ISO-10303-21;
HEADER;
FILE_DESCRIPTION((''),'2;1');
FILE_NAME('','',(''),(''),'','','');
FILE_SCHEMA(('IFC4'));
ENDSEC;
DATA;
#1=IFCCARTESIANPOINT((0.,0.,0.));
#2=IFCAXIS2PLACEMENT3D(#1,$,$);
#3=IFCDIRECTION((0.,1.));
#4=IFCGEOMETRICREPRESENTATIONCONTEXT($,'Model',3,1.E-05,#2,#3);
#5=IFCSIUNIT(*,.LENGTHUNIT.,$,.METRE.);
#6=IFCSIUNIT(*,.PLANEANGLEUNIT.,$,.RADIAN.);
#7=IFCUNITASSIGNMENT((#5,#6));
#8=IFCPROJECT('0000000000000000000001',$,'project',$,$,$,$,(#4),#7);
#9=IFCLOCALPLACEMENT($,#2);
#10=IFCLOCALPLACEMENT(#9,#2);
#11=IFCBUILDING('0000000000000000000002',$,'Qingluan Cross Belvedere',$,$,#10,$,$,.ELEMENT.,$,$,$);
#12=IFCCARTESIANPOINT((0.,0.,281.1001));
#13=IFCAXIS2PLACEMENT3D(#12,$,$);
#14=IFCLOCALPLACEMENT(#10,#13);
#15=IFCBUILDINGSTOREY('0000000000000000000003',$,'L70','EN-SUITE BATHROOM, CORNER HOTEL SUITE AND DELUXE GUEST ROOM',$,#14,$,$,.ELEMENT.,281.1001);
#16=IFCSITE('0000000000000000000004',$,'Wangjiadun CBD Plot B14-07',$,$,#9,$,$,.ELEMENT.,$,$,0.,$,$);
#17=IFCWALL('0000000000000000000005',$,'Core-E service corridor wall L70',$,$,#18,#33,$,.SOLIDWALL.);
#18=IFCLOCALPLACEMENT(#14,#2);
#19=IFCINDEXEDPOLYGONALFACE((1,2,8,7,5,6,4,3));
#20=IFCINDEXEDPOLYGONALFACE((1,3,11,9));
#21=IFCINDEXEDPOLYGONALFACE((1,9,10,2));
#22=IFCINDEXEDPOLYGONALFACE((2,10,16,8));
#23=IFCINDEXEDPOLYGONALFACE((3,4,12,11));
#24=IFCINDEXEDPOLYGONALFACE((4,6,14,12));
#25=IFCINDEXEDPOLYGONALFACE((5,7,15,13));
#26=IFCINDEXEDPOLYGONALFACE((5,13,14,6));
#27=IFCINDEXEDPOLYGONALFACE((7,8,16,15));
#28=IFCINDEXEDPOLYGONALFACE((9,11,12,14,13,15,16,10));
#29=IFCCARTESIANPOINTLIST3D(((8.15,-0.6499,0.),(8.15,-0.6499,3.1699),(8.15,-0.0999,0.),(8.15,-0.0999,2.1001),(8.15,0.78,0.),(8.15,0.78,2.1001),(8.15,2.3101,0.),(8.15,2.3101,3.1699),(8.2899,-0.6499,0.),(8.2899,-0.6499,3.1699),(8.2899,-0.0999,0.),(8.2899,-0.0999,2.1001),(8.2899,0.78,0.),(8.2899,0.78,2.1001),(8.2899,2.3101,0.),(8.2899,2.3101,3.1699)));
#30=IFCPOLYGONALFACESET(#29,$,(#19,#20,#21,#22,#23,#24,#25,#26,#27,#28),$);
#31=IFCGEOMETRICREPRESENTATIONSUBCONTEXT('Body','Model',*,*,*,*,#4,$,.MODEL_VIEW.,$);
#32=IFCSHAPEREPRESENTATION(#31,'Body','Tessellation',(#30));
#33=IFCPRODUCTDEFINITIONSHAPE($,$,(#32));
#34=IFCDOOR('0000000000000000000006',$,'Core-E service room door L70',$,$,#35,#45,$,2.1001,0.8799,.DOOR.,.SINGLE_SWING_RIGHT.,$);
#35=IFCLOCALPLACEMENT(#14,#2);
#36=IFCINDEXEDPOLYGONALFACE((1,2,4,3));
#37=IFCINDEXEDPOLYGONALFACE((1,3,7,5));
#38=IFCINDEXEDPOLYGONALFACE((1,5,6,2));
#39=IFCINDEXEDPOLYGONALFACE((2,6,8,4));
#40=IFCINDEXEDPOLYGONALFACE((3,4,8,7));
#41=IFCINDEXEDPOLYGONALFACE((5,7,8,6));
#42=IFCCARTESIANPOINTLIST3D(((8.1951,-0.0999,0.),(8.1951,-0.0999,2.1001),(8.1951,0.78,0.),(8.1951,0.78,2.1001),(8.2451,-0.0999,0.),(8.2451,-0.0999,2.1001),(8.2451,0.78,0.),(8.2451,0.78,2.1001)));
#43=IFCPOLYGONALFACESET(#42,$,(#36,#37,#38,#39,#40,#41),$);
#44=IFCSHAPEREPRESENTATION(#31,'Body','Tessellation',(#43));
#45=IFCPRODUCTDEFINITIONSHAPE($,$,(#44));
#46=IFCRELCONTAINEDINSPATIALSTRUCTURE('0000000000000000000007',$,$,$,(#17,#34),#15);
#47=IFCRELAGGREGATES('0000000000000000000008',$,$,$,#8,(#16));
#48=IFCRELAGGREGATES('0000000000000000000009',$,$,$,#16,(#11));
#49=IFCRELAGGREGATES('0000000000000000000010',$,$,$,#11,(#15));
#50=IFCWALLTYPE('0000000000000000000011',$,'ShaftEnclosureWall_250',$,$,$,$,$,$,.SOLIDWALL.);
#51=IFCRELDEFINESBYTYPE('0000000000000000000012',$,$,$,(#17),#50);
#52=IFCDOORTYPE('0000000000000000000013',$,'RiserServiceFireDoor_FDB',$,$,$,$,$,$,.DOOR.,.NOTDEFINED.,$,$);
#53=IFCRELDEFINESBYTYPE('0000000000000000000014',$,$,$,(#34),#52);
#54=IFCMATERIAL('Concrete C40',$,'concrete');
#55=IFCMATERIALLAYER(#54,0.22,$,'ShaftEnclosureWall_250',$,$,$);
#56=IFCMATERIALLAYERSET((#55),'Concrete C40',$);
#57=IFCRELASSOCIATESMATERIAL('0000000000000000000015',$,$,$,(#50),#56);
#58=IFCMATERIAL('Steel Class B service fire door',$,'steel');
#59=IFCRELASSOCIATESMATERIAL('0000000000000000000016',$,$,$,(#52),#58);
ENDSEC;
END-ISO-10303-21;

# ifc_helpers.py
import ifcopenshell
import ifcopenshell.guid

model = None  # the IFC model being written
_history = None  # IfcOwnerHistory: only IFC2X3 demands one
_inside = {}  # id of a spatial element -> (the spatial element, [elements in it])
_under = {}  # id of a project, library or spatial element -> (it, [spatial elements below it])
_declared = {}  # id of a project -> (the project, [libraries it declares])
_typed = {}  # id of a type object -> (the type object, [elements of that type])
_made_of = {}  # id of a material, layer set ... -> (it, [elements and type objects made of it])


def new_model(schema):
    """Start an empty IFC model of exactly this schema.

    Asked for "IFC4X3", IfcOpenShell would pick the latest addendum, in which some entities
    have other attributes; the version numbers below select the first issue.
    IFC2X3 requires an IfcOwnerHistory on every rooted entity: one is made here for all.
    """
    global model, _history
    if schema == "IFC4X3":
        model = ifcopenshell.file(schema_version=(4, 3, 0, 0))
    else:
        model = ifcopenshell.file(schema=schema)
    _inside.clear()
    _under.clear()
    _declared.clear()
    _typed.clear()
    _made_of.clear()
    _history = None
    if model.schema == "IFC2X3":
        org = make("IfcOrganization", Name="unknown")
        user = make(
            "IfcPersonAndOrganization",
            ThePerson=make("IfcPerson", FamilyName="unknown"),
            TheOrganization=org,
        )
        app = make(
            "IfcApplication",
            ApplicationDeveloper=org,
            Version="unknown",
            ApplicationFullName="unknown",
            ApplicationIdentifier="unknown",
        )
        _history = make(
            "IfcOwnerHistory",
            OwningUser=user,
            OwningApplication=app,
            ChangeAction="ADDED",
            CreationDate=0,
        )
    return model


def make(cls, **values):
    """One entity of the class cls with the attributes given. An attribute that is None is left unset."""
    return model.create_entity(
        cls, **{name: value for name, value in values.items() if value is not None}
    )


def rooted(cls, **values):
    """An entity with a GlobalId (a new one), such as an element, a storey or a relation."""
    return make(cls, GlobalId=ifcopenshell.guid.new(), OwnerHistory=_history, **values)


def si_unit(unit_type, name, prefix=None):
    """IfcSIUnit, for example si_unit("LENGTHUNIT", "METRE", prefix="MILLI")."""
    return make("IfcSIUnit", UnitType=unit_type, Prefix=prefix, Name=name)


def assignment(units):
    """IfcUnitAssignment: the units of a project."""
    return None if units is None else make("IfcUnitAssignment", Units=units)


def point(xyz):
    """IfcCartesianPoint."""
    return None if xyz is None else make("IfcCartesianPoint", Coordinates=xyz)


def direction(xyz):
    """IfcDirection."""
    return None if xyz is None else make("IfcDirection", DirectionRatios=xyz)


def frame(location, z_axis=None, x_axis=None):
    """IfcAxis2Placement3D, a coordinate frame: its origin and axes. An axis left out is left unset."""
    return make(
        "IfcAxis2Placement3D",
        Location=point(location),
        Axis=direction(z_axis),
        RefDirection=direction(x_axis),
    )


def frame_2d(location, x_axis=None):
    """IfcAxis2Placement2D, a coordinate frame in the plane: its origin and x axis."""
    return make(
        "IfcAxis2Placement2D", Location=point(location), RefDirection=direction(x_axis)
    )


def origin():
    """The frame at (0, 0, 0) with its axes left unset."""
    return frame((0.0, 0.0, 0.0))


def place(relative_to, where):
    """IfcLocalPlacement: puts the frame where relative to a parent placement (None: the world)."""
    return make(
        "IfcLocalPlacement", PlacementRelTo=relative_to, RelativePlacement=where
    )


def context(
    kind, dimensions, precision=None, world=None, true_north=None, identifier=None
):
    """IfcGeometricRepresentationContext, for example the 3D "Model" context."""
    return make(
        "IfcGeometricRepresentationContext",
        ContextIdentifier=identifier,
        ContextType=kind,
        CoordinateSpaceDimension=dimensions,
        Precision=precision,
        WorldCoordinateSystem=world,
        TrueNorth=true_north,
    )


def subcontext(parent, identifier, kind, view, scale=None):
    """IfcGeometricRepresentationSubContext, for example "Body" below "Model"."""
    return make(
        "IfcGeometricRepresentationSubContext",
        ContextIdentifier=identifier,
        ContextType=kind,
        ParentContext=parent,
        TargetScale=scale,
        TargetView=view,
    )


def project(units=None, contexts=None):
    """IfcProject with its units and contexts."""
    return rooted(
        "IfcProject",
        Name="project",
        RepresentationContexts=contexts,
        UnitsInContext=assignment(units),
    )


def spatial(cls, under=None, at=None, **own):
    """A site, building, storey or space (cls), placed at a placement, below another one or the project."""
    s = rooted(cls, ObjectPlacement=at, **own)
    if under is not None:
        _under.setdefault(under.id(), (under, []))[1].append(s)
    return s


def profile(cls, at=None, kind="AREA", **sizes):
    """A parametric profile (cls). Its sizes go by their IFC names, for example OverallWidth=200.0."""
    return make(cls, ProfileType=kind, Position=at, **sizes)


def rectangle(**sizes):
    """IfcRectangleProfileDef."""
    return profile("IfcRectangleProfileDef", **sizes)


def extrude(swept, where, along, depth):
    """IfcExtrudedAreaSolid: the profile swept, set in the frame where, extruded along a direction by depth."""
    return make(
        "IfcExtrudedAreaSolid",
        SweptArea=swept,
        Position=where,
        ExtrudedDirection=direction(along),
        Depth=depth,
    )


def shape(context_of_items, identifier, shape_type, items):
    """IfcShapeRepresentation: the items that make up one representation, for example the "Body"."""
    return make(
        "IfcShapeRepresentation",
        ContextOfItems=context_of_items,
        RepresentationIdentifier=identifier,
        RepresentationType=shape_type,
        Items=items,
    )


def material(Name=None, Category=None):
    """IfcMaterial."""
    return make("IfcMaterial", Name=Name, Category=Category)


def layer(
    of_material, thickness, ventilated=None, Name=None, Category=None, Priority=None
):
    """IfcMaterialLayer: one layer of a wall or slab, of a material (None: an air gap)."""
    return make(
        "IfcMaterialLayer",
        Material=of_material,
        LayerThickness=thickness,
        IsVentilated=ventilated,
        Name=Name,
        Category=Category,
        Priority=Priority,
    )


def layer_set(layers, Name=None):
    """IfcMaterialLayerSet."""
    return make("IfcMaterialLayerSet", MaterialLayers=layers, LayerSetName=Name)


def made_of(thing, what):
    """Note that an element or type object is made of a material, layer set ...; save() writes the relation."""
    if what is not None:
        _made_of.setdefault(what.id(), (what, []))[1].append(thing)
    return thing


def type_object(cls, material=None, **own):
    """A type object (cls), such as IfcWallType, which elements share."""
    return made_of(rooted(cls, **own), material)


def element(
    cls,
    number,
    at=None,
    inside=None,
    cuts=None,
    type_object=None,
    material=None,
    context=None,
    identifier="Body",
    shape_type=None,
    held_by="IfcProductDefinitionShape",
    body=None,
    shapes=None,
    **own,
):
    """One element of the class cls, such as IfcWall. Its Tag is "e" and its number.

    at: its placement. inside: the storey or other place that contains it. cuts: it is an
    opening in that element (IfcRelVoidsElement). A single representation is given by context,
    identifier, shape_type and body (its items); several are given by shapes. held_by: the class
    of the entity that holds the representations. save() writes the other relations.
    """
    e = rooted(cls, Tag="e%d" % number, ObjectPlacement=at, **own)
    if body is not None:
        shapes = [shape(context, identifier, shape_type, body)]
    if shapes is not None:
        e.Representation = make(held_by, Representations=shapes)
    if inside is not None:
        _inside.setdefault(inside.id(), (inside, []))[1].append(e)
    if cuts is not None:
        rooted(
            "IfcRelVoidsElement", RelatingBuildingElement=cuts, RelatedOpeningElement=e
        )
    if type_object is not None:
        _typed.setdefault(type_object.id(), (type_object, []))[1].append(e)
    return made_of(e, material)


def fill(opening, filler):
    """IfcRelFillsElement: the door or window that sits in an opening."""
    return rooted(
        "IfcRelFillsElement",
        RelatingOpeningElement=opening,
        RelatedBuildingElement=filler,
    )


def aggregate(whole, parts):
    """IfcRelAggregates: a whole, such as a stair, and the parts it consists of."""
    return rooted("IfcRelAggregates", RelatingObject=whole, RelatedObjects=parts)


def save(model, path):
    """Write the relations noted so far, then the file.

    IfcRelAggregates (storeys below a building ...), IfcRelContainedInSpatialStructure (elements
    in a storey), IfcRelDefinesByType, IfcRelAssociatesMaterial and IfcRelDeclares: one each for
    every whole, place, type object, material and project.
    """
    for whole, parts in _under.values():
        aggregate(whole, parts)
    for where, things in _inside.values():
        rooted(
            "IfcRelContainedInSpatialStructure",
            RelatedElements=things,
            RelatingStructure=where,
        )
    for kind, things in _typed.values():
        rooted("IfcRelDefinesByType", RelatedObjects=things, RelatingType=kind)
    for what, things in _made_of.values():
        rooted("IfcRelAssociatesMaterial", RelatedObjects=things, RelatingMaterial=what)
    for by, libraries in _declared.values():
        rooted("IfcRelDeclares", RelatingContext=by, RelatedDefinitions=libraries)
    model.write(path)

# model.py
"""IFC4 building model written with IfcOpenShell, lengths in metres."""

from ifc_helpers import new_model, si_unit, direction, frame, frame_2d, origin, place, context, subcontext, project, spatial, rectangle, extrude, material, layer, layer_set, type_object, element, fill, save


model = new_model("IFC4")

# Units and contexts
model_context = context("Model", 3, precision=1e-05, world=origin(), true_north=direction((0.0, 1.0)))
body_context = subcontext(model_context, "Body", "Model", "MODEL_VIEW")
ifc_project = project(units=[si_unit("LENGTHUNIT", "METRE"), si_unit("PLANEANGLEUNIT", "RADIAN")], contexts=[model_context])

# Site, building, storey
site_placement = place(None, origin())
site = spatial("IfcSite", under=ifc_project, at=site_placement, Name="Wangjiadun CBD Plot B14-07", CompositionType="ELEMENT", RefElevation=0.0)
building_placement = place(site_placement, origin())
building = spatial("IfcBuilding", under=site, at=building_placement, Name="Qingluan Cross Belvedere", CompositionType="ELEMENT")
storey_placement = place(building_placement, frame((0.0, 0.0, 281.1001)))
storey = spatial("IfcBuildingStorey", under=building, at=storey_placement, Name="L70", Description="EN-SUITE BATHROOM, CORNER HOTEL SUITE AND DELUXE GUEST ROOM", CompositionType="ELEMENT", Elevation=281.1001)

# Shared definitions
ifc_material_1 = material(Name="Concrete C40", Category="concrete")
ifc_layer_1 = layer(ifc_material_1, 0.22, Name="ShaftEnclosureWall_250")
ifc_layer_set_1 = layer_set([ifc_layer_1], Name="Concrete C40")
wall_type_1 = type_object("IfcWallType", Name="ShaftEnclosureWall_250", PredefinedType="SOLIDWALL", material=ifc_layer_set_1)
ifc_material_2 = material(Name="Steel Class B service fire door", Category="steel")
door_type_1 = type_object("IfcDoorType", Name="RiserServiceFireDoor_FDB", OperationType="NOTDEFINED", PredefinedType="DOOR", material=ifc_material_2)

# Wall, opening, door
wall_1_placement = place(storey_placement, frame((8.22, -0.6499, 0.0), z_axis=(0.0, 0.0, 1.0), x_axis=(0.0, 1.0, 0.0)))
wall_1 = element("IfcWall", 1, at=wall_1_placement, inside=storey, type_object=wall_type_1, Name="Core-E service corridor wall L70", PredefinedType="SOLIDWALL", context=body_context, shape_type="SweptSolid", body=[
    extrude(rectangle(XDim=2.96, YDim=0.1399, at=frame_2d((1.48, 0.0))), origin(), (0.0, 0.0, 1.0), 3.1699),
])
opening_1_placement = place(wall_1_placement, frame((0.55, 0.0, 0.0)))
opening_1 = element("IfcOpeningElement", 2, at=opening_1_placement, cuts=wall_1, PredefinedType="OPENING", context=body_context, shape_type="SweptSolid", body=[
    extrude(rectangle(XDim=0.8799, YDim=2.1001, at=frame_2d((0.4399, 1.05))), frame((0.0, 0.0798, 0.0), z_axis=(0.0, -1.0, 0.0), x_axis=(1.0, 0.0, 0.0)), (0.0, 0.0, 1.0), 0.1599),
])
door_1_placement = place(opening_1_placement, origin())
door_1 = element("IfcDoor", 3, at=door_1_placement, inside=storey, type_object=door_type_1, Name="Core-E service room door L70", OperationType="SINGLE_SWING_RIGHT", OverallHeight=2.1001, OverallWidth=0.8799, PredefinedType="DOOR", context=body_context, shape_type="SweptSolid", body=[
    extrude(rectangle(XDim=0.8799, YDim=2.1001, at=frame_2d((0.4399, 1.05))), frame((0.0, 0.0249, 0.0), z_axis=(0.0, -1.0, 0.0), x_axis=(1.0, 0.0, 0.0)), (0.0, 0.0, 1.0), 0.05),
])
fill(opening_1, door_1)

save(model, "model.ifc")
